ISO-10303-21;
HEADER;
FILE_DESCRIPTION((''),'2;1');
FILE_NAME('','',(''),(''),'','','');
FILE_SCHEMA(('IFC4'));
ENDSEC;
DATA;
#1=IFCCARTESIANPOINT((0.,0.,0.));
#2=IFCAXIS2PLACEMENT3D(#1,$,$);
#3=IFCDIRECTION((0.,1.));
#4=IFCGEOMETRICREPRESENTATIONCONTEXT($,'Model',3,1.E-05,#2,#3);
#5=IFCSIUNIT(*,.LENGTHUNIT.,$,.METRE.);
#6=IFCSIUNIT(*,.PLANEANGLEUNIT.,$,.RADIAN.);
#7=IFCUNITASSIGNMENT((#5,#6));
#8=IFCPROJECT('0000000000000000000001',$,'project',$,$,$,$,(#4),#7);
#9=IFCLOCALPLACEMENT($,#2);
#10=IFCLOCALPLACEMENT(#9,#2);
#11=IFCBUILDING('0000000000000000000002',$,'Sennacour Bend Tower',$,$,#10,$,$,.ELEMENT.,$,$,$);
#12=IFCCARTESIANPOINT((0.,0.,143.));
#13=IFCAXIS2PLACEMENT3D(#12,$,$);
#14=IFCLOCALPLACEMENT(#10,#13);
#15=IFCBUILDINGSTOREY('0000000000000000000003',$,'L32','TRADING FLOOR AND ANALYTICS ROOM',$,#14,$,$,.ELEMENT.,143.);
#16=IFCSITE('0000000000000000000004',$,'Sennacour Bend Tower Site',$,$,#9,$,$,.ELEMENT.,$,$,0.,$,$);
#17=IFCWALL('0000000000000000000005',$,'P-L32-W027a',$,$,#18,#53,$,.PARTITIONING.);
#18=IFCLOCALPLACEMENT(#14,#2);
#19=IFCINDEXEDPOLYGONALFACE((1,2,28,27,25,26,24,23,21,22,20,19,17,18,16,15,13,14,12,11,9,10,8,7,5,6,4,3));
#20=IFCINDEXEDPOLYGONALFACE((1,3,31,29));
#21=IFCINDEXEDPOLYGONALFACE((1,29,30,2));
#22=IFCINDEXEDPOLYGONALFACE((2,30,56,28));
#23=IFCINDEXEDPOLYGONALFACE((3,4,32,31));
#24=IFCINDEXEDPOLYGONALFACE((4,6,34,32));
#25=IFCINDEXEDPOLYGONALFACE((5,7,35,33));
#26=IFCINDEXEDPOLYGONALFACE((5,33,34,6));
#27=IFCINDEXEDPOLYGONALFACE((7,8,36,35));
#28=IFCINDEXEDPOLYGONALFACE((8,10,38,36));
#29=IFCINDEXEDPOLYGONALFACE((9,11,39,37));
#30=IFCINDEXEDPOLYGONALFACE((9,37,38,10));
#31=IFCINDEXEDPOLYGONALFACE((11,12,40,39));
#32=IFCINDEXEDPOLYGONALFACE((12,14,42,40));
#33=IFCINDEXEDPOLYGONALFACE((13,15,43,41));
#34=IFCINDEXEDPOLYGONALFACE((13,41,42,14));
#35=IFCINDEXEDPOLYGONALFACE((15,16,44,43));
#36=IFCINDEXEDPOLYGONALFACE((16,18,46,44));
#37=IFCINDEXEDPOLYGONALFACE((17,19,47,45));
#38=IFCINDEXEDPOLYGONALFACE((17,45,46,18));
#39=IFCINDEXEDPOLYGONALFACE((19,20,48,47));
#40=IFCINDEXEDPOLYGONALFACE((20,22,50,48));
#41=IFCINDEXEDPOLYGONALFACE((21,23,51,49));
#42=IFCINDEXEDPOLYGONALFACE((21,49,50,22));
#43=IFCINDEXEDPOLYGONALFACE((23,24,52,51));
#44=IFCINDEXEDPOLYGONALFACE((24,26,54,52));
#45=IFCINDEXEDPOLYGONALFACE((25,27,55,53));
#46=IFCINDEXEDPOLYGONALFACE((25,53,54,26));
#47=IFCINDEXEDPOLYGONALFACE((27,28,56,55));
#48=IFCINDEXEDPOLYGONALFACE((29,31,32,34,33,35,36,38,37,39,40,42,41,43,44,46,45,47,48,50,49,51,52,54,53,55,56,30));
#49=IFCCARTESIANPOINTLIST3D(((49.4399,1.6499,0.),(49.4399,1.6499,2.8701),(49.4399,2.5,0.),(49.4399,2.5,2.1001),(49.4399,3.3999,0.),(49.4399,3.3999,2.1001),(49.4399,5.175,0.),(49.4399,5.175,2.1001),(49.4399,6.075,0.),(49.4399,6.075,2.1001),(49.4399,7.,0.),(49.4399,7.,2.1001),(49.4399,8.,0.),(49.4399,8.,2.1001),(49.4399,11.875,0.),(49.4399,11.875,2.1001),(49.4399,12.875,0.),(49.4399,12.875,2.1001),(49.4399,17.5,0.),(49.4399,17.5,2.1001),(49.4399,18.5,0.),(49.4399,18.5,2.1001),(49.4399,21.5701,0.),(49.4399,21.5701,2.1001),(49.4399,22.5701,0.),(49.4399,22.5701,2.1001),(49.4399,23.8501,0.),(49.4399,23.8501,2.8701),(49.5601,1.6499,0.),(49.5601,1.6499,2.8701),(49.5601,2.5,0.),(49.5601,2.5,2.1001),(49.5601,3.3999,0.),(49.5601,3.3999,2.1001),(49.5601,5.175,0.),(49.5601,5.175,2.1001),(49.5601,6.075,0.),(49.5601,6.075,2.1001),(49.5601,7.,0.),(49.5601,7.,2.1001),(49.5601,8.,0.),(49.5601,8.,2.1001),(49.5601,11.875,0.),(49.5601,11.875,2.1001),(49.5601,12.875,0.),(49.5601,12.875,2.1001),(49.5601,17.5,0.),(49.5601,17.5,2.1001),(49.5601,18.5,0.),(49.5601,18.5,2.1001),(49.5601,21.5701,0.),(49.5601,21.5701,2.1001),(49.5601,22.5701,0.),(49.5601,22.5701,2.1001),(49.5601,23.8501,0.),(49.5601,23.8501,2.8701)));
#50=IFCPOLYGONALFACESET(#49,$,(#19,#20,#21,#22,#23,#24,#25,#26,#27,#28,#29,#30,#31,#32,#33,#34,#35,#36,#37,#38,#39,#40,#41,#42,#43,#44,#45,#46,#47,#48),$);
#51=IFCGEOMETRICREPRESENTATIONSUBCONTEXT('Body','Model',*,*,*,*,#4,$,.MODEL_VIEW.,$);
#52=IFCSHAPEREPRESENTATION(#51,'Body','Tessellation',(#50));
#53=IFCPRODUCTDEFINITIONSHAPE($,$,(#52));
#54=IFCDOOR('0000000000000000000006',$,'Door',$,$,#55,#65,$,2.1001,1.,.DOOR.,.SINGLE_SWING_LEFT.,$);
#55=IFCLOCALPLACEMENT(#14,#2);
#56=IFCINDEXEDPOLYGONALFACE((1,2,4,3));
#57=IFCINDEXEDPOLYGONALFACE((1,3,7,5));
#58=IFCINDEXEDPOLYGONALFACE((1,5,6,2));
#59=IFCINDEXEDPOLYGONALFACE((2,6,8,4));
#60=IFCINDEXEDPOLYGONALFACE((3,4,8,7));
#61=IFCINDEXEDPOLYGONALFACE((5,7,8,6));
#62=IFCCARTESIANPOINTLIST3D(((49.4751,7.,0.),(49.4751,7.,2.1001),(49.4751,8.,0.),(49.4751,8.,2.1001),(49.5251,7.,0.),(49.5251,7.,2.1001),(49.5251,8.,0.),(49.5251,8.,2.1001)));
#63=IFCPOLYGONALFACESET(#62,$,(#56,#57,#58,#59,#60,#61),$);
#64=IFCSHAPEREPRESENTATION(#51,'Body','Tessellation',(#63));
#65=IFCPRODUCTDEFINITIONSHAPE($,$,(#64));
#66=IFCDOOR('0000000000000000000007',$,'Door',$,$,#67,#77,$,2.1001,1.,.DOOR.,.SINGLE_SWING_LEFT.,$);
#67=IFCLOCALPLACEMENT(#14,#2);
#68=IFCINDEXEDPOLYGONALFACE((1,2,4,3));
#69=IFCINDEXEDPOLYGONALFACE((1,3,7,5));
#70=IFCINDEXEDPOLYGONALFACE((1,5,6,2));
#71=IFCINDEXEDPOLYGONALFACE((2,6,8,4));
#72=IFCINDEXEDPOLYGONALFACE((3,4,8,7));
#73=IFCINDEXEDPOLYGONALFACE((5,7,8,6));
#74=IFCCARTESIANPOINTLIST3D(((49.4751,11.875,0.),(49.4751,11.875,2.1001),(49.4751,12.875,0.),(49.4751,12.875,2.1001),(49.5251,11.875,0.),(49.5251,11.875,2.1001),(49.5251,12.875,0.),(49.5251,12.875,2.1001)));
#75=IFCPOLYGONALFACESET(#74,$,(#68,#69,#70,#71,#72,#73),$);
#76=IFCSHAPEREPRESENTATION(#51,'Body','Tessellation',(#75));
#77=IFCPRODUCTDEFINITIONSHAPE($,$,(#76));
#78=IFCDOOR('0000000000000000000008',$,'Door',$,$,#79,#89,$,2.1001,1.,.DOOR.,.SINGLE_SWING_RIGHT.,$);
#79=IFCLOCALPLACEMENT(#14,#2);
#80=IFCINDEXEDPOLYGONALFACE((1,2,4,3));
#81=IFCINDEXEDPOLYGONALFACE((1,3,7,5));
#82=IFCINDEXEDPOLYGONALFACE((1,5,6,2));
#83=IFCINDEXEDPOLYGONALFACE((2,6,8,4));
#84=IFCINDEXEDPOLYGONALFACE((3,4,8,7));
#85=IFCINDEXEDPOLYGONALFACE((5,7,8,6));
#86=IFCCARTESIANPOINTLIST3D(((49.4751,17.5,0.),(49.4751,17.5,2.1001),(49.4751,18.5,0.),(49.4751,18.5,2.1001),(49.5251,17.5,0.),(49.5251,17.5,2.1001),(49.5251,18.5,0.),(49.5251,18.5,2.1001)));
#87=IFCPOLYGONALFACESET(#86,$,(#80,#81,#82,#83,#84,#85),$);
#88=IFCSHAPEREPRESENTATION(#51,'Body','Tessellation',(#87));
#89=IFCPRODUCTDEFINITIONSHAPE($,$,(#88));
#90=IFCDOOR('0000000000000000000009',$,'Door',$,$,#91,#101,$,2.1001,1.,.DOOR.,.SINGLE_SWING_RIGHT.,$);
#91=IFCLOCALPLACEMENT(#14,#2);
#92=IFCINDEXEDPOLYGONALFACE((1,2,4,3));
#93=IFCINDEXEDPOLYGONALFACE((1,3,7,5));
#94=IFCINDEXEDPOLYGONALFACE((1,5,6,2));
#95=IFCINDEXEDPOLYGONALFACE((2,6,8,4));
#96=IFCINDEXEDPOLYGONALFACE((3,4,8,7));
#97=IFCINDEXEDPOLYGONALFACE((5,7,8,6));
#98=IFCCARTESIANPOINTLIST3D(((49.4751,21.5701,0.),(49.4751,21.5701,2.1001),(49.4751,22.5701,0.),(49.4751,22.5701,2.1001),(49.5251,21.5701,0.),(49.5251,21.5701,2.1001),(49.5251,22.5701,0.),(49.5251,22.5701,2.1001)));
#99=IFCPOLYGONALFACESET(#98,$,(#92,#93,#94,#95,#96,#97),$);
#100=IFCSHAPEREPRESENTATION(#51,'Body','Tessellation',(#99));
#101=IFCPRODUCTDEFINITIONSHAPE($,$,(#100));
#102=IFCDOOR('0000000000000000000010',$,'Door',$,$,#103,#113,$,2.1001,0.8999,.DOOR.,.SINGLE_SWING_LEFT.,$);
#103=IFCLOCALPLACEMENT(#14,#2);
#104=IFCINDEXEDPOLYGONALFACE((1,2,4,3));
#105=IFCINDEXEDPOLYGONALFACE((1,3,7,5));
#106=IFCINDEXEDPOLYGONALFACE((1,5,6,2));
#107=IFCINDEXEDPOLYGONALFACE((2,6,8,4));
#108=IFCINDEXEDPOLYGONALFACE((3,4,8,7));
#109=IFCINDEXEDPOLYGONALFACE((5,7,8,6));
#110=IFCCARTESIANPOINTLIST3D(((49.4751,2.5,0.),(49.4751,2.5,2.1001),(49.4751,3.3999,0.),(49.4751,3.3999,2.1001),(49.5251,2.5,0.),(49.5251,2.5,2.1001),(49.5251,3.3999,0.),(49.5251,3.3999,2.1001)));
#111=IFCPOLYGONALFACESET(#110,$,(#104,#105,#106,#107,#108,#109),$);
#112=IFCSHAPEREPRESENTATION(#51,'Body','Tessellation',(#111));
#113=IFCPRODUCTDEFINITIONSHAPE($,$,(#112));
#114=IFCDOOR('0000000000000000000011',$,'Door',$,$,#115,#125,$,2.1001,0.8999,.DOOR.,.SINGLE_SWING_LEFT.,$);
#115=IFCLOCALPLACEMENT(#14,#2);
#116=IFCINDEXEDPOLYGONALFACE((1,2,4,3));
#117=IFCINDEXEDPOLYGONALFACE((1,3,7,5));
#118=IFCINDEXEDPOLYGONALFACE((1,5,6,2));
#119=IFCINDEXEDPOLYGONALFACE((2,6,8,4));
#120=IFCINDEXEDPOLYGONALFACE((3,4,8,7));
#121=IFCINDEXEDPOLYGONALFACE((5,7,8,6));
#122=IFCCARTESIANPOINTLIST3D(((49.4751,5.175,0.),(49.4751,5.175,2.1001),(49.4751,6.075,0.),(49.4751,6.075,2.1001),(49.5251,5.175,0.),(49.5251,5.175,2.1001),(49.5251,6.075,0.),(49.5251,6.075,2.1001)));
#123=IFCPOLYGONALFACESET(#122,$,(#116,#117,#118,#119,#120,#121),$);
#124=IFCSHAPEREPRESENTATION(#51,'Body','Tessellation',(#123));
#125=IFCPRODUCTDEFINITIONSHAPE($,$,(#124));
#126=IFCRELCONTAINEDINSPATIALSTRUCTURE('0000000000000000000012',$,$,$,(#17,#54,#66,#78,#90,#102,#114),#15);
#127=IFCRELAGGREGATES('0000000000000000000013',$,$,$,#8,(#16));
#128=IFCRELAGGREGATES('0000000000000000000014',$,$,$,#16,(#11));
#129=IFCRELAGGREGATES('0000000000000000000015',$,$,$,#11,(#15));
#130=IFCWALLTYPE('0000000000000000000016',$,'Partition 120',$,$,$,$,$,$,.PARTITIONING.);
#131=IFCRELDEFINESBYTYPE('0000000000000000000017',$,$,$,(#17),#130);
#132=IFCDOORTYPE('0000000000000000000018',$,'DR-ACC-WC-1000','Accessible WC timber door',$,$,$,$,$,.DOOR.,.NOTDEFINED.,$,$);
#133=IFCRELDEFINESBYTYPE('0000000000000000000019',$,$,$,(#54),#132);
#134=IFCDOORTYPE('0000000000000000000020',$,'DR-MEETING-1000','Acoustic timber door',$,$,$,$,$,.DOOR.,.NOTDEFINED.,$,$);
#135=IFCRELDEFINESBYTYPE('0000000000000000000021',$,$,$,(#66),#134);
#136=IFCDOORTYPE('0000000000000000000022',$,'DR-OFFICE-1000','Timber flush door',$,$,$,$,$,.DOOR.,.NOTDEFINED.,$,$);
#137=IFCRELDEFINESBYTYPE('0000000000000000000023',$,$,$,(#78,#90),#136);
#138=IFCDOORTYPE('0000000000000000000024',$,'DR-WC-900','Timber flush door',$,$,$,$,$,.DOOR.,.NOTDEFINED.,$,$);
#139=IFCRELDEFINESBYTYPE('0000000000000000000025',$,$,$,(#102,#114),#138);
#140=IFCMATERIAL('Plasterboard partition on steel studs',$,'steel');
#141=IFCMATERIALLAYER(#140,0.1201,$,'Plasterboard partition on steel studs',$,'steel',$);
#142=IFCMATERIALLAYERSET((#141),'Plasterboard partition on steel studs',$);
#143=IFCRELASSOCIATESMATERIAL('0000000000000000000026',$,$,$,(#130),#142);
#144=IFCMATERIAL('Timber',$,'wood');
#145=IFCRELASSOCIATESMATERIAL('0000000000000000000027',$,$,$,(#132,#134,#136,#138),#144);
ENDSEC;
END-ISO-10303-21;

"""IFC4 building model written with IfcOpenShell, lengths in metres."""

from ifc_helpers import new_model, si_unit, direction, frame, frame_2d, origin, place, context, subcontext, project, spatial, rectangle, extrude, material, layer, layer_set, type_object, element, fill, save


model = new_model("IFC4")

# Units and contexts
model_context = context("Model", 3, precision=1e-05, world=origin(), true_north=direction((0.0, 1.0)))
body_context = subcontext(model_context, "Body", "Model", "MODEL_VIEW")
ifc_project = project(units=[si_unit("LENGTHUNIT", "METRE"), si_unit("PLANEANGLEUNIT", "RADIAN")], contexts=[model_context])

# Site, building, storey
site_placement = place(None, origin())
site = spatial("IfcSite", under=ifc_project, at=site_placement, Name="Sennacour Bend Tower Site", CompositionType="ELEMENT", RefElevation=0.0)
building_placement = place(site_placement, origin())
building = spatial("IfcBuilding", under=site, at=building_placement, Name="Sennacour Bend Tower", CompositionType="ELEMENT")
storey_placement = place(building_placement, frame((0.0, 0.0, 143.0)))
storey = spatial("IfcBuildingStorey", under=building, at=storey_placement, Name="L32", Description="TRADING FLOOR AND ANALYTICS ROOM", CompositionType="ELEMENT", Elevation=143.0)

# Wall, openings, doors
ifc_material_1 = material(Name="Plasterboard partition on steel studs", Category="steel")
ifc_layer_1 = layer(ifc_material_1, 0.1201, Name="Plasterboard partition on steel studs", Category="steel")
ifc_layer_set_1 = layer_set([ifc_layer_1], Name="Plasterboard partition on steel studs")
wall_type_1 = type_object("IfcWallType", Name="Partition 120", PredefinedType="PARTITIONING", material=ifc_layer_set_1)
wall_1_placement = place(storey_placement, frame((49.5, 1.6499, 0.0), z_axis=(0.0, 0.0, 1.0), x_axis=(0.0, 1.0, 0.0)))
wall_1 = element("IfcWall", 1, at=wall_1_placement, inside=storey, type_object=wall_type_1, Name="P-L32-W027a", PredefinedType="PARTITIONING", context=body_context, shape_type="SweptSolid", body=[
    extrude(rectangle(XDim=22.2002, YDim=0.1201, at=frame_2d((11.1001, 0.0))), origin(), (0.0, 0.0, 1.0), 2.8701),
])
opening_1_placement = place(wall_1_placement, frame((0.8501, 0.0, 0.0)))
opening_1 = element("IfcOpeningElement", 2, at=opening_1_placement, cuts=wall_1, PredefinedType="OPENING", context=body_context, shape_type="SweptSolid", body=[
    extrude(rectangle(XDim=0.8999, YDim=2.1001, at=frame_2d((0.45, 1.05))), frame((0.0, 0.0701, 0.0), z_axis=(0.0, -1.0, 0.0), x_axis=(1.0, 0.0, 0.0)), (0.0, 0.0, 1.0), 0.1401),
])
opening_2_placement = place(wall_1_placement, frame((3.5251, 0.0, 0.0)))
opening_2 = element("IfcOpeningElement", 3, at=opening_2_placement, cuts=wall_1, PredefinedType="OPENING", context=body_context, shape_type="SweptSolid", body=[
    extrude(rectangle(XDim=0.8999, YDim=2.1001, at=frame_2d((0.45, 1.05))), frame((0.0, 0.0701, 0.0), z_axis=(0.0, -1.0, 0.0), x_axis=(1.0, 0.0, 0.0)), (0.0, 0.0, 1.0), 0.1401),
])
opening_3_placement = place(wall_1_placement, frame((5.3501, 0.0, 0.0)))
opening_3 = element("IfcOpeningElement", 4, at=opening_3_placement, cuts=wall_1, PredefinedType="OPENING", context=body_context, shape_type="SweptSolid", body=[
    extrude(rectangle(XDim=1.0, YDim=2.1001, at=frame_2d((0.5, 1.05))), frame((0.0, 0.0701, 0.0), z_axis=(0.0, -1.0, 0.0), x_axis=(1.0, 0.0, 0.0)), (0.0, 0.0, 1.0), 0.1401),
])
opening_4_placement = place(wall_1_placement, frame((10.2251, 0.0, 0.0)))
opening_4 = element("IfcOpeningElement", 5, at=opening_4_placement, cuts=wall_1, PredefinedType="OPENING", context=body_context, shape_type="SweptSolid", body=[
    extrude(rectangle(XDim=1.0, YDim=2.1001, at=frame_2d((0.5, 1.05))), frame((0.0, 0.0701, 0.0), z_axis=(0.0, -1.0, 0.0), x_axis=(1.0, 0.0, 0.0)), (0.0, 0.0, 1.0), 0.1401),
])
opening_5_placement = place(wall_1_placement, frame((15.8501, 0.0, 0.0)))
opening_5 = element("IfcOpeningElement", 6, at=opening_5_placement, cuts=wall_1, PredefinedType="OPENING", context=body_context, shape_type="SweptSolid", body=[
    extrude(rectangle(XDim=1.0, YDim=2.1001, at=frame_2d((0.5, 1.05))), frame((0.0, 0.0701, 0.0), z_axis=(0.0, -1.0, 0.0), x_axis=(1.0, 0.0, 0.0)), (0.0, 0.0, 1.0), 0.1401),
])
opening_6_placement = place(wall_1_placement, frame((19.9202, 0.0, 0.0)))
opening_6 = element("IfcOpeningElement", 7, at=opening_6_placement, cuts=wall_1, PredefinedType="OPENING", context=body_context, shape_type="SweptSolid", body=[
    extrude(rectangle(XDim=1.0, YDim=2.1001, at=frame_2d((0.5, 1.05))), frame((0.0, 0.0701, 0.0), z_axis=(0.0, -1.0, 0.0), x_axis=(1.0, 0.0, 0.0)), (0.0, 0.0, 1.0), 0.1401),
])
ifc_material_2 = material(Name="Timber", Category="wood")
door_type_1 = type_object("IfcDoorType", Name="DR-ACC-WC-1000", Description="Accessible WC timber door", OperationType="NOTDEFINED", PredefinedType="DOOR", material=ifc_material_2)
door_1_placement = place(opening_3_placement, origin())
door_1 = element("IfcDoor", 8, at=door_1_placement, inside=storey, type_object=door_type_1, Name="Door", OperationType="SINGLE_SWING_LEFT", OverallHeight=2.1001, OverallWidth=1.0, PredefinedType="DOOR", context=body_context, shape_type="SweptSolid", body=[
    extrude(rectangle(XDim=1.0, YDim=2.1001, at=frame_2d((0.5, 1.05))), frame((0.0, 0.0249, 0.0), z_axis=(0.0, -1.0, 0.0), x_axis=(1.0, 0.0, 0.0)), (0.0, 0.0, 1.0), 0.05),
])
fill(opening_3, door_1)
door_type_2 = type_object("IfcDoorType", Name="DR-MEETING-1000", Description="Acoustic timber door", OperationType="NOTDEFINED", PredefinedType="DOOR", material=ifc_material_2)
door_2_placement = place(opening_4_placement, origin())
door_2 = element("IfcDoor", 9, at=door_2_placement, inside=storey, type_object=door_type_2, Name="Door", OperationType="SINGLE_SWING_LEFT", OverallHeight=2.1001, OverallWidth=1.0, PredefinedType="DOOR", context=body_context, shape_type="SweptSolid", body=[
    extrude(rectangle(XDim=1.0, YDim=2.1001, at=frame_2d((0.5, 1.05))), frame((0.0, 0.0249, 0.0), z_axis=(0.0, -1.0, 0.0), x_axis=(1.0, 0.0, 0.0)), (0.0, 0.0, 1.0), 0.05),
])
fill(opening_4, door_2)
door_type_3 = type_object("IfcDoorType", Name="DR-OFFICE-1000", Description="Timber flush door", OperationType="NOTDEFINED", PredefinedType="DOOR", material=ifc_material_2)
door_3_placement = place(opening_5_placement, origin())
door_3 = element("IfcDoor", 10, at=door_3_placement, inside=storey, type_object=door_type_3, Name="Door", OperationType="SINGLE_SWING_RIGHT", OverallHeight=2.1001, OverallWidth=1.0, PredefinedType="DOOR", context=body_context, shape_type="SweptSolid", body=[
    extrude(rectangle(XDim=1.0, YDim=2.1001, at=frame_2d((0.5, 1.05))), frame((0.0, 0.0249, 0.0), z_axis=(0.0, -1.0, 0.0), x_axis=(1.0, 0.0, 0.0)), (0.0, 0.0, 1.0), 0.05),
])
fill(opening_5, door_3)
door_4_placement = place(opening_6_placement, origin())
door_4 = element("IfcDoor", 11, at=door_4_placement, inside=storey, type_object=door_type_3, Name="Door", OperationType="SINGLE_SWING_RIGHT", OverallHeight=2.1001, OverallWidth=1.0, PredefinedType="DOOR", context=body_context, shape_type="SweptSolid", body=[
    extrude(rectangle(XDim=1.0, YDim=2.1001, at=frame_2d((0.5, 1.05))), frame((0.0, 0.0249, 0.0), z_axis=(0.0, -1.0, 0.0), x_axis=(1.0, 0.0, 0.0)), (0.0, 0.0, 1.0), 0.05),
])
fill(opening_6, door_4)
door_type_4 = type_object("IfcDoorType", Name="DR-WC-900", Description="Timber flush door", OperationType="NOTDEFINED", PredefinedType="DOOR", material=ifc_material_2)
door_5_placement = place(opening_1_placement, origin())
door_5 = element("IfcDoor", 12, at=door_5_placement, inside=storey, type_object=door_type_4, Name="Door", OperationType="SINGLE_SWING_LEFT", OverallHeight=2.1001, OverallWidth=0.8999, PredefinedType="DOOR", context=body_context, shape_type="SweptSolid", body=[
    extrude(rectangle(XDim=0.8999, YDim=2.1001, at=frame_2d((0.45, 1.05))), frame((0.0, 0.0249, 0.0), z_axis=(0.0, -1.0, 0.0), x_axis=(1.0, 0.0, 0.0)), (0.0, 0.0, 1.0), 0.05),
])
fill(opening_1, door_5)
door_6_placement = place(opening_2_placement, origin())
door_6 = element("IfcDoor", 13, at=door_6_placement, inside=storey, type_object=door_type_4, Name="Door", OperationType="SINGLE_SWING_LEFT", OverallHeight=2.1001, OverallWidth=0.8999, PredefinedType="DOOR", context=body_context, shape_type="SweptSolid", body=[
    extrude(rectangle(XDim=0.8999, YDim=2.1001, at=frame_2d((0.45, 1.05))), frame((0.0, 0.0249, 0.0), z_axis=(0.0, -1.0, 0.0), x_axis=(1.0, 0.0, 0.0)), (0.0, 0.0, 1.0), 0.05),
])
fill(opening_2, door_6)

save(model, "model.ifc")
